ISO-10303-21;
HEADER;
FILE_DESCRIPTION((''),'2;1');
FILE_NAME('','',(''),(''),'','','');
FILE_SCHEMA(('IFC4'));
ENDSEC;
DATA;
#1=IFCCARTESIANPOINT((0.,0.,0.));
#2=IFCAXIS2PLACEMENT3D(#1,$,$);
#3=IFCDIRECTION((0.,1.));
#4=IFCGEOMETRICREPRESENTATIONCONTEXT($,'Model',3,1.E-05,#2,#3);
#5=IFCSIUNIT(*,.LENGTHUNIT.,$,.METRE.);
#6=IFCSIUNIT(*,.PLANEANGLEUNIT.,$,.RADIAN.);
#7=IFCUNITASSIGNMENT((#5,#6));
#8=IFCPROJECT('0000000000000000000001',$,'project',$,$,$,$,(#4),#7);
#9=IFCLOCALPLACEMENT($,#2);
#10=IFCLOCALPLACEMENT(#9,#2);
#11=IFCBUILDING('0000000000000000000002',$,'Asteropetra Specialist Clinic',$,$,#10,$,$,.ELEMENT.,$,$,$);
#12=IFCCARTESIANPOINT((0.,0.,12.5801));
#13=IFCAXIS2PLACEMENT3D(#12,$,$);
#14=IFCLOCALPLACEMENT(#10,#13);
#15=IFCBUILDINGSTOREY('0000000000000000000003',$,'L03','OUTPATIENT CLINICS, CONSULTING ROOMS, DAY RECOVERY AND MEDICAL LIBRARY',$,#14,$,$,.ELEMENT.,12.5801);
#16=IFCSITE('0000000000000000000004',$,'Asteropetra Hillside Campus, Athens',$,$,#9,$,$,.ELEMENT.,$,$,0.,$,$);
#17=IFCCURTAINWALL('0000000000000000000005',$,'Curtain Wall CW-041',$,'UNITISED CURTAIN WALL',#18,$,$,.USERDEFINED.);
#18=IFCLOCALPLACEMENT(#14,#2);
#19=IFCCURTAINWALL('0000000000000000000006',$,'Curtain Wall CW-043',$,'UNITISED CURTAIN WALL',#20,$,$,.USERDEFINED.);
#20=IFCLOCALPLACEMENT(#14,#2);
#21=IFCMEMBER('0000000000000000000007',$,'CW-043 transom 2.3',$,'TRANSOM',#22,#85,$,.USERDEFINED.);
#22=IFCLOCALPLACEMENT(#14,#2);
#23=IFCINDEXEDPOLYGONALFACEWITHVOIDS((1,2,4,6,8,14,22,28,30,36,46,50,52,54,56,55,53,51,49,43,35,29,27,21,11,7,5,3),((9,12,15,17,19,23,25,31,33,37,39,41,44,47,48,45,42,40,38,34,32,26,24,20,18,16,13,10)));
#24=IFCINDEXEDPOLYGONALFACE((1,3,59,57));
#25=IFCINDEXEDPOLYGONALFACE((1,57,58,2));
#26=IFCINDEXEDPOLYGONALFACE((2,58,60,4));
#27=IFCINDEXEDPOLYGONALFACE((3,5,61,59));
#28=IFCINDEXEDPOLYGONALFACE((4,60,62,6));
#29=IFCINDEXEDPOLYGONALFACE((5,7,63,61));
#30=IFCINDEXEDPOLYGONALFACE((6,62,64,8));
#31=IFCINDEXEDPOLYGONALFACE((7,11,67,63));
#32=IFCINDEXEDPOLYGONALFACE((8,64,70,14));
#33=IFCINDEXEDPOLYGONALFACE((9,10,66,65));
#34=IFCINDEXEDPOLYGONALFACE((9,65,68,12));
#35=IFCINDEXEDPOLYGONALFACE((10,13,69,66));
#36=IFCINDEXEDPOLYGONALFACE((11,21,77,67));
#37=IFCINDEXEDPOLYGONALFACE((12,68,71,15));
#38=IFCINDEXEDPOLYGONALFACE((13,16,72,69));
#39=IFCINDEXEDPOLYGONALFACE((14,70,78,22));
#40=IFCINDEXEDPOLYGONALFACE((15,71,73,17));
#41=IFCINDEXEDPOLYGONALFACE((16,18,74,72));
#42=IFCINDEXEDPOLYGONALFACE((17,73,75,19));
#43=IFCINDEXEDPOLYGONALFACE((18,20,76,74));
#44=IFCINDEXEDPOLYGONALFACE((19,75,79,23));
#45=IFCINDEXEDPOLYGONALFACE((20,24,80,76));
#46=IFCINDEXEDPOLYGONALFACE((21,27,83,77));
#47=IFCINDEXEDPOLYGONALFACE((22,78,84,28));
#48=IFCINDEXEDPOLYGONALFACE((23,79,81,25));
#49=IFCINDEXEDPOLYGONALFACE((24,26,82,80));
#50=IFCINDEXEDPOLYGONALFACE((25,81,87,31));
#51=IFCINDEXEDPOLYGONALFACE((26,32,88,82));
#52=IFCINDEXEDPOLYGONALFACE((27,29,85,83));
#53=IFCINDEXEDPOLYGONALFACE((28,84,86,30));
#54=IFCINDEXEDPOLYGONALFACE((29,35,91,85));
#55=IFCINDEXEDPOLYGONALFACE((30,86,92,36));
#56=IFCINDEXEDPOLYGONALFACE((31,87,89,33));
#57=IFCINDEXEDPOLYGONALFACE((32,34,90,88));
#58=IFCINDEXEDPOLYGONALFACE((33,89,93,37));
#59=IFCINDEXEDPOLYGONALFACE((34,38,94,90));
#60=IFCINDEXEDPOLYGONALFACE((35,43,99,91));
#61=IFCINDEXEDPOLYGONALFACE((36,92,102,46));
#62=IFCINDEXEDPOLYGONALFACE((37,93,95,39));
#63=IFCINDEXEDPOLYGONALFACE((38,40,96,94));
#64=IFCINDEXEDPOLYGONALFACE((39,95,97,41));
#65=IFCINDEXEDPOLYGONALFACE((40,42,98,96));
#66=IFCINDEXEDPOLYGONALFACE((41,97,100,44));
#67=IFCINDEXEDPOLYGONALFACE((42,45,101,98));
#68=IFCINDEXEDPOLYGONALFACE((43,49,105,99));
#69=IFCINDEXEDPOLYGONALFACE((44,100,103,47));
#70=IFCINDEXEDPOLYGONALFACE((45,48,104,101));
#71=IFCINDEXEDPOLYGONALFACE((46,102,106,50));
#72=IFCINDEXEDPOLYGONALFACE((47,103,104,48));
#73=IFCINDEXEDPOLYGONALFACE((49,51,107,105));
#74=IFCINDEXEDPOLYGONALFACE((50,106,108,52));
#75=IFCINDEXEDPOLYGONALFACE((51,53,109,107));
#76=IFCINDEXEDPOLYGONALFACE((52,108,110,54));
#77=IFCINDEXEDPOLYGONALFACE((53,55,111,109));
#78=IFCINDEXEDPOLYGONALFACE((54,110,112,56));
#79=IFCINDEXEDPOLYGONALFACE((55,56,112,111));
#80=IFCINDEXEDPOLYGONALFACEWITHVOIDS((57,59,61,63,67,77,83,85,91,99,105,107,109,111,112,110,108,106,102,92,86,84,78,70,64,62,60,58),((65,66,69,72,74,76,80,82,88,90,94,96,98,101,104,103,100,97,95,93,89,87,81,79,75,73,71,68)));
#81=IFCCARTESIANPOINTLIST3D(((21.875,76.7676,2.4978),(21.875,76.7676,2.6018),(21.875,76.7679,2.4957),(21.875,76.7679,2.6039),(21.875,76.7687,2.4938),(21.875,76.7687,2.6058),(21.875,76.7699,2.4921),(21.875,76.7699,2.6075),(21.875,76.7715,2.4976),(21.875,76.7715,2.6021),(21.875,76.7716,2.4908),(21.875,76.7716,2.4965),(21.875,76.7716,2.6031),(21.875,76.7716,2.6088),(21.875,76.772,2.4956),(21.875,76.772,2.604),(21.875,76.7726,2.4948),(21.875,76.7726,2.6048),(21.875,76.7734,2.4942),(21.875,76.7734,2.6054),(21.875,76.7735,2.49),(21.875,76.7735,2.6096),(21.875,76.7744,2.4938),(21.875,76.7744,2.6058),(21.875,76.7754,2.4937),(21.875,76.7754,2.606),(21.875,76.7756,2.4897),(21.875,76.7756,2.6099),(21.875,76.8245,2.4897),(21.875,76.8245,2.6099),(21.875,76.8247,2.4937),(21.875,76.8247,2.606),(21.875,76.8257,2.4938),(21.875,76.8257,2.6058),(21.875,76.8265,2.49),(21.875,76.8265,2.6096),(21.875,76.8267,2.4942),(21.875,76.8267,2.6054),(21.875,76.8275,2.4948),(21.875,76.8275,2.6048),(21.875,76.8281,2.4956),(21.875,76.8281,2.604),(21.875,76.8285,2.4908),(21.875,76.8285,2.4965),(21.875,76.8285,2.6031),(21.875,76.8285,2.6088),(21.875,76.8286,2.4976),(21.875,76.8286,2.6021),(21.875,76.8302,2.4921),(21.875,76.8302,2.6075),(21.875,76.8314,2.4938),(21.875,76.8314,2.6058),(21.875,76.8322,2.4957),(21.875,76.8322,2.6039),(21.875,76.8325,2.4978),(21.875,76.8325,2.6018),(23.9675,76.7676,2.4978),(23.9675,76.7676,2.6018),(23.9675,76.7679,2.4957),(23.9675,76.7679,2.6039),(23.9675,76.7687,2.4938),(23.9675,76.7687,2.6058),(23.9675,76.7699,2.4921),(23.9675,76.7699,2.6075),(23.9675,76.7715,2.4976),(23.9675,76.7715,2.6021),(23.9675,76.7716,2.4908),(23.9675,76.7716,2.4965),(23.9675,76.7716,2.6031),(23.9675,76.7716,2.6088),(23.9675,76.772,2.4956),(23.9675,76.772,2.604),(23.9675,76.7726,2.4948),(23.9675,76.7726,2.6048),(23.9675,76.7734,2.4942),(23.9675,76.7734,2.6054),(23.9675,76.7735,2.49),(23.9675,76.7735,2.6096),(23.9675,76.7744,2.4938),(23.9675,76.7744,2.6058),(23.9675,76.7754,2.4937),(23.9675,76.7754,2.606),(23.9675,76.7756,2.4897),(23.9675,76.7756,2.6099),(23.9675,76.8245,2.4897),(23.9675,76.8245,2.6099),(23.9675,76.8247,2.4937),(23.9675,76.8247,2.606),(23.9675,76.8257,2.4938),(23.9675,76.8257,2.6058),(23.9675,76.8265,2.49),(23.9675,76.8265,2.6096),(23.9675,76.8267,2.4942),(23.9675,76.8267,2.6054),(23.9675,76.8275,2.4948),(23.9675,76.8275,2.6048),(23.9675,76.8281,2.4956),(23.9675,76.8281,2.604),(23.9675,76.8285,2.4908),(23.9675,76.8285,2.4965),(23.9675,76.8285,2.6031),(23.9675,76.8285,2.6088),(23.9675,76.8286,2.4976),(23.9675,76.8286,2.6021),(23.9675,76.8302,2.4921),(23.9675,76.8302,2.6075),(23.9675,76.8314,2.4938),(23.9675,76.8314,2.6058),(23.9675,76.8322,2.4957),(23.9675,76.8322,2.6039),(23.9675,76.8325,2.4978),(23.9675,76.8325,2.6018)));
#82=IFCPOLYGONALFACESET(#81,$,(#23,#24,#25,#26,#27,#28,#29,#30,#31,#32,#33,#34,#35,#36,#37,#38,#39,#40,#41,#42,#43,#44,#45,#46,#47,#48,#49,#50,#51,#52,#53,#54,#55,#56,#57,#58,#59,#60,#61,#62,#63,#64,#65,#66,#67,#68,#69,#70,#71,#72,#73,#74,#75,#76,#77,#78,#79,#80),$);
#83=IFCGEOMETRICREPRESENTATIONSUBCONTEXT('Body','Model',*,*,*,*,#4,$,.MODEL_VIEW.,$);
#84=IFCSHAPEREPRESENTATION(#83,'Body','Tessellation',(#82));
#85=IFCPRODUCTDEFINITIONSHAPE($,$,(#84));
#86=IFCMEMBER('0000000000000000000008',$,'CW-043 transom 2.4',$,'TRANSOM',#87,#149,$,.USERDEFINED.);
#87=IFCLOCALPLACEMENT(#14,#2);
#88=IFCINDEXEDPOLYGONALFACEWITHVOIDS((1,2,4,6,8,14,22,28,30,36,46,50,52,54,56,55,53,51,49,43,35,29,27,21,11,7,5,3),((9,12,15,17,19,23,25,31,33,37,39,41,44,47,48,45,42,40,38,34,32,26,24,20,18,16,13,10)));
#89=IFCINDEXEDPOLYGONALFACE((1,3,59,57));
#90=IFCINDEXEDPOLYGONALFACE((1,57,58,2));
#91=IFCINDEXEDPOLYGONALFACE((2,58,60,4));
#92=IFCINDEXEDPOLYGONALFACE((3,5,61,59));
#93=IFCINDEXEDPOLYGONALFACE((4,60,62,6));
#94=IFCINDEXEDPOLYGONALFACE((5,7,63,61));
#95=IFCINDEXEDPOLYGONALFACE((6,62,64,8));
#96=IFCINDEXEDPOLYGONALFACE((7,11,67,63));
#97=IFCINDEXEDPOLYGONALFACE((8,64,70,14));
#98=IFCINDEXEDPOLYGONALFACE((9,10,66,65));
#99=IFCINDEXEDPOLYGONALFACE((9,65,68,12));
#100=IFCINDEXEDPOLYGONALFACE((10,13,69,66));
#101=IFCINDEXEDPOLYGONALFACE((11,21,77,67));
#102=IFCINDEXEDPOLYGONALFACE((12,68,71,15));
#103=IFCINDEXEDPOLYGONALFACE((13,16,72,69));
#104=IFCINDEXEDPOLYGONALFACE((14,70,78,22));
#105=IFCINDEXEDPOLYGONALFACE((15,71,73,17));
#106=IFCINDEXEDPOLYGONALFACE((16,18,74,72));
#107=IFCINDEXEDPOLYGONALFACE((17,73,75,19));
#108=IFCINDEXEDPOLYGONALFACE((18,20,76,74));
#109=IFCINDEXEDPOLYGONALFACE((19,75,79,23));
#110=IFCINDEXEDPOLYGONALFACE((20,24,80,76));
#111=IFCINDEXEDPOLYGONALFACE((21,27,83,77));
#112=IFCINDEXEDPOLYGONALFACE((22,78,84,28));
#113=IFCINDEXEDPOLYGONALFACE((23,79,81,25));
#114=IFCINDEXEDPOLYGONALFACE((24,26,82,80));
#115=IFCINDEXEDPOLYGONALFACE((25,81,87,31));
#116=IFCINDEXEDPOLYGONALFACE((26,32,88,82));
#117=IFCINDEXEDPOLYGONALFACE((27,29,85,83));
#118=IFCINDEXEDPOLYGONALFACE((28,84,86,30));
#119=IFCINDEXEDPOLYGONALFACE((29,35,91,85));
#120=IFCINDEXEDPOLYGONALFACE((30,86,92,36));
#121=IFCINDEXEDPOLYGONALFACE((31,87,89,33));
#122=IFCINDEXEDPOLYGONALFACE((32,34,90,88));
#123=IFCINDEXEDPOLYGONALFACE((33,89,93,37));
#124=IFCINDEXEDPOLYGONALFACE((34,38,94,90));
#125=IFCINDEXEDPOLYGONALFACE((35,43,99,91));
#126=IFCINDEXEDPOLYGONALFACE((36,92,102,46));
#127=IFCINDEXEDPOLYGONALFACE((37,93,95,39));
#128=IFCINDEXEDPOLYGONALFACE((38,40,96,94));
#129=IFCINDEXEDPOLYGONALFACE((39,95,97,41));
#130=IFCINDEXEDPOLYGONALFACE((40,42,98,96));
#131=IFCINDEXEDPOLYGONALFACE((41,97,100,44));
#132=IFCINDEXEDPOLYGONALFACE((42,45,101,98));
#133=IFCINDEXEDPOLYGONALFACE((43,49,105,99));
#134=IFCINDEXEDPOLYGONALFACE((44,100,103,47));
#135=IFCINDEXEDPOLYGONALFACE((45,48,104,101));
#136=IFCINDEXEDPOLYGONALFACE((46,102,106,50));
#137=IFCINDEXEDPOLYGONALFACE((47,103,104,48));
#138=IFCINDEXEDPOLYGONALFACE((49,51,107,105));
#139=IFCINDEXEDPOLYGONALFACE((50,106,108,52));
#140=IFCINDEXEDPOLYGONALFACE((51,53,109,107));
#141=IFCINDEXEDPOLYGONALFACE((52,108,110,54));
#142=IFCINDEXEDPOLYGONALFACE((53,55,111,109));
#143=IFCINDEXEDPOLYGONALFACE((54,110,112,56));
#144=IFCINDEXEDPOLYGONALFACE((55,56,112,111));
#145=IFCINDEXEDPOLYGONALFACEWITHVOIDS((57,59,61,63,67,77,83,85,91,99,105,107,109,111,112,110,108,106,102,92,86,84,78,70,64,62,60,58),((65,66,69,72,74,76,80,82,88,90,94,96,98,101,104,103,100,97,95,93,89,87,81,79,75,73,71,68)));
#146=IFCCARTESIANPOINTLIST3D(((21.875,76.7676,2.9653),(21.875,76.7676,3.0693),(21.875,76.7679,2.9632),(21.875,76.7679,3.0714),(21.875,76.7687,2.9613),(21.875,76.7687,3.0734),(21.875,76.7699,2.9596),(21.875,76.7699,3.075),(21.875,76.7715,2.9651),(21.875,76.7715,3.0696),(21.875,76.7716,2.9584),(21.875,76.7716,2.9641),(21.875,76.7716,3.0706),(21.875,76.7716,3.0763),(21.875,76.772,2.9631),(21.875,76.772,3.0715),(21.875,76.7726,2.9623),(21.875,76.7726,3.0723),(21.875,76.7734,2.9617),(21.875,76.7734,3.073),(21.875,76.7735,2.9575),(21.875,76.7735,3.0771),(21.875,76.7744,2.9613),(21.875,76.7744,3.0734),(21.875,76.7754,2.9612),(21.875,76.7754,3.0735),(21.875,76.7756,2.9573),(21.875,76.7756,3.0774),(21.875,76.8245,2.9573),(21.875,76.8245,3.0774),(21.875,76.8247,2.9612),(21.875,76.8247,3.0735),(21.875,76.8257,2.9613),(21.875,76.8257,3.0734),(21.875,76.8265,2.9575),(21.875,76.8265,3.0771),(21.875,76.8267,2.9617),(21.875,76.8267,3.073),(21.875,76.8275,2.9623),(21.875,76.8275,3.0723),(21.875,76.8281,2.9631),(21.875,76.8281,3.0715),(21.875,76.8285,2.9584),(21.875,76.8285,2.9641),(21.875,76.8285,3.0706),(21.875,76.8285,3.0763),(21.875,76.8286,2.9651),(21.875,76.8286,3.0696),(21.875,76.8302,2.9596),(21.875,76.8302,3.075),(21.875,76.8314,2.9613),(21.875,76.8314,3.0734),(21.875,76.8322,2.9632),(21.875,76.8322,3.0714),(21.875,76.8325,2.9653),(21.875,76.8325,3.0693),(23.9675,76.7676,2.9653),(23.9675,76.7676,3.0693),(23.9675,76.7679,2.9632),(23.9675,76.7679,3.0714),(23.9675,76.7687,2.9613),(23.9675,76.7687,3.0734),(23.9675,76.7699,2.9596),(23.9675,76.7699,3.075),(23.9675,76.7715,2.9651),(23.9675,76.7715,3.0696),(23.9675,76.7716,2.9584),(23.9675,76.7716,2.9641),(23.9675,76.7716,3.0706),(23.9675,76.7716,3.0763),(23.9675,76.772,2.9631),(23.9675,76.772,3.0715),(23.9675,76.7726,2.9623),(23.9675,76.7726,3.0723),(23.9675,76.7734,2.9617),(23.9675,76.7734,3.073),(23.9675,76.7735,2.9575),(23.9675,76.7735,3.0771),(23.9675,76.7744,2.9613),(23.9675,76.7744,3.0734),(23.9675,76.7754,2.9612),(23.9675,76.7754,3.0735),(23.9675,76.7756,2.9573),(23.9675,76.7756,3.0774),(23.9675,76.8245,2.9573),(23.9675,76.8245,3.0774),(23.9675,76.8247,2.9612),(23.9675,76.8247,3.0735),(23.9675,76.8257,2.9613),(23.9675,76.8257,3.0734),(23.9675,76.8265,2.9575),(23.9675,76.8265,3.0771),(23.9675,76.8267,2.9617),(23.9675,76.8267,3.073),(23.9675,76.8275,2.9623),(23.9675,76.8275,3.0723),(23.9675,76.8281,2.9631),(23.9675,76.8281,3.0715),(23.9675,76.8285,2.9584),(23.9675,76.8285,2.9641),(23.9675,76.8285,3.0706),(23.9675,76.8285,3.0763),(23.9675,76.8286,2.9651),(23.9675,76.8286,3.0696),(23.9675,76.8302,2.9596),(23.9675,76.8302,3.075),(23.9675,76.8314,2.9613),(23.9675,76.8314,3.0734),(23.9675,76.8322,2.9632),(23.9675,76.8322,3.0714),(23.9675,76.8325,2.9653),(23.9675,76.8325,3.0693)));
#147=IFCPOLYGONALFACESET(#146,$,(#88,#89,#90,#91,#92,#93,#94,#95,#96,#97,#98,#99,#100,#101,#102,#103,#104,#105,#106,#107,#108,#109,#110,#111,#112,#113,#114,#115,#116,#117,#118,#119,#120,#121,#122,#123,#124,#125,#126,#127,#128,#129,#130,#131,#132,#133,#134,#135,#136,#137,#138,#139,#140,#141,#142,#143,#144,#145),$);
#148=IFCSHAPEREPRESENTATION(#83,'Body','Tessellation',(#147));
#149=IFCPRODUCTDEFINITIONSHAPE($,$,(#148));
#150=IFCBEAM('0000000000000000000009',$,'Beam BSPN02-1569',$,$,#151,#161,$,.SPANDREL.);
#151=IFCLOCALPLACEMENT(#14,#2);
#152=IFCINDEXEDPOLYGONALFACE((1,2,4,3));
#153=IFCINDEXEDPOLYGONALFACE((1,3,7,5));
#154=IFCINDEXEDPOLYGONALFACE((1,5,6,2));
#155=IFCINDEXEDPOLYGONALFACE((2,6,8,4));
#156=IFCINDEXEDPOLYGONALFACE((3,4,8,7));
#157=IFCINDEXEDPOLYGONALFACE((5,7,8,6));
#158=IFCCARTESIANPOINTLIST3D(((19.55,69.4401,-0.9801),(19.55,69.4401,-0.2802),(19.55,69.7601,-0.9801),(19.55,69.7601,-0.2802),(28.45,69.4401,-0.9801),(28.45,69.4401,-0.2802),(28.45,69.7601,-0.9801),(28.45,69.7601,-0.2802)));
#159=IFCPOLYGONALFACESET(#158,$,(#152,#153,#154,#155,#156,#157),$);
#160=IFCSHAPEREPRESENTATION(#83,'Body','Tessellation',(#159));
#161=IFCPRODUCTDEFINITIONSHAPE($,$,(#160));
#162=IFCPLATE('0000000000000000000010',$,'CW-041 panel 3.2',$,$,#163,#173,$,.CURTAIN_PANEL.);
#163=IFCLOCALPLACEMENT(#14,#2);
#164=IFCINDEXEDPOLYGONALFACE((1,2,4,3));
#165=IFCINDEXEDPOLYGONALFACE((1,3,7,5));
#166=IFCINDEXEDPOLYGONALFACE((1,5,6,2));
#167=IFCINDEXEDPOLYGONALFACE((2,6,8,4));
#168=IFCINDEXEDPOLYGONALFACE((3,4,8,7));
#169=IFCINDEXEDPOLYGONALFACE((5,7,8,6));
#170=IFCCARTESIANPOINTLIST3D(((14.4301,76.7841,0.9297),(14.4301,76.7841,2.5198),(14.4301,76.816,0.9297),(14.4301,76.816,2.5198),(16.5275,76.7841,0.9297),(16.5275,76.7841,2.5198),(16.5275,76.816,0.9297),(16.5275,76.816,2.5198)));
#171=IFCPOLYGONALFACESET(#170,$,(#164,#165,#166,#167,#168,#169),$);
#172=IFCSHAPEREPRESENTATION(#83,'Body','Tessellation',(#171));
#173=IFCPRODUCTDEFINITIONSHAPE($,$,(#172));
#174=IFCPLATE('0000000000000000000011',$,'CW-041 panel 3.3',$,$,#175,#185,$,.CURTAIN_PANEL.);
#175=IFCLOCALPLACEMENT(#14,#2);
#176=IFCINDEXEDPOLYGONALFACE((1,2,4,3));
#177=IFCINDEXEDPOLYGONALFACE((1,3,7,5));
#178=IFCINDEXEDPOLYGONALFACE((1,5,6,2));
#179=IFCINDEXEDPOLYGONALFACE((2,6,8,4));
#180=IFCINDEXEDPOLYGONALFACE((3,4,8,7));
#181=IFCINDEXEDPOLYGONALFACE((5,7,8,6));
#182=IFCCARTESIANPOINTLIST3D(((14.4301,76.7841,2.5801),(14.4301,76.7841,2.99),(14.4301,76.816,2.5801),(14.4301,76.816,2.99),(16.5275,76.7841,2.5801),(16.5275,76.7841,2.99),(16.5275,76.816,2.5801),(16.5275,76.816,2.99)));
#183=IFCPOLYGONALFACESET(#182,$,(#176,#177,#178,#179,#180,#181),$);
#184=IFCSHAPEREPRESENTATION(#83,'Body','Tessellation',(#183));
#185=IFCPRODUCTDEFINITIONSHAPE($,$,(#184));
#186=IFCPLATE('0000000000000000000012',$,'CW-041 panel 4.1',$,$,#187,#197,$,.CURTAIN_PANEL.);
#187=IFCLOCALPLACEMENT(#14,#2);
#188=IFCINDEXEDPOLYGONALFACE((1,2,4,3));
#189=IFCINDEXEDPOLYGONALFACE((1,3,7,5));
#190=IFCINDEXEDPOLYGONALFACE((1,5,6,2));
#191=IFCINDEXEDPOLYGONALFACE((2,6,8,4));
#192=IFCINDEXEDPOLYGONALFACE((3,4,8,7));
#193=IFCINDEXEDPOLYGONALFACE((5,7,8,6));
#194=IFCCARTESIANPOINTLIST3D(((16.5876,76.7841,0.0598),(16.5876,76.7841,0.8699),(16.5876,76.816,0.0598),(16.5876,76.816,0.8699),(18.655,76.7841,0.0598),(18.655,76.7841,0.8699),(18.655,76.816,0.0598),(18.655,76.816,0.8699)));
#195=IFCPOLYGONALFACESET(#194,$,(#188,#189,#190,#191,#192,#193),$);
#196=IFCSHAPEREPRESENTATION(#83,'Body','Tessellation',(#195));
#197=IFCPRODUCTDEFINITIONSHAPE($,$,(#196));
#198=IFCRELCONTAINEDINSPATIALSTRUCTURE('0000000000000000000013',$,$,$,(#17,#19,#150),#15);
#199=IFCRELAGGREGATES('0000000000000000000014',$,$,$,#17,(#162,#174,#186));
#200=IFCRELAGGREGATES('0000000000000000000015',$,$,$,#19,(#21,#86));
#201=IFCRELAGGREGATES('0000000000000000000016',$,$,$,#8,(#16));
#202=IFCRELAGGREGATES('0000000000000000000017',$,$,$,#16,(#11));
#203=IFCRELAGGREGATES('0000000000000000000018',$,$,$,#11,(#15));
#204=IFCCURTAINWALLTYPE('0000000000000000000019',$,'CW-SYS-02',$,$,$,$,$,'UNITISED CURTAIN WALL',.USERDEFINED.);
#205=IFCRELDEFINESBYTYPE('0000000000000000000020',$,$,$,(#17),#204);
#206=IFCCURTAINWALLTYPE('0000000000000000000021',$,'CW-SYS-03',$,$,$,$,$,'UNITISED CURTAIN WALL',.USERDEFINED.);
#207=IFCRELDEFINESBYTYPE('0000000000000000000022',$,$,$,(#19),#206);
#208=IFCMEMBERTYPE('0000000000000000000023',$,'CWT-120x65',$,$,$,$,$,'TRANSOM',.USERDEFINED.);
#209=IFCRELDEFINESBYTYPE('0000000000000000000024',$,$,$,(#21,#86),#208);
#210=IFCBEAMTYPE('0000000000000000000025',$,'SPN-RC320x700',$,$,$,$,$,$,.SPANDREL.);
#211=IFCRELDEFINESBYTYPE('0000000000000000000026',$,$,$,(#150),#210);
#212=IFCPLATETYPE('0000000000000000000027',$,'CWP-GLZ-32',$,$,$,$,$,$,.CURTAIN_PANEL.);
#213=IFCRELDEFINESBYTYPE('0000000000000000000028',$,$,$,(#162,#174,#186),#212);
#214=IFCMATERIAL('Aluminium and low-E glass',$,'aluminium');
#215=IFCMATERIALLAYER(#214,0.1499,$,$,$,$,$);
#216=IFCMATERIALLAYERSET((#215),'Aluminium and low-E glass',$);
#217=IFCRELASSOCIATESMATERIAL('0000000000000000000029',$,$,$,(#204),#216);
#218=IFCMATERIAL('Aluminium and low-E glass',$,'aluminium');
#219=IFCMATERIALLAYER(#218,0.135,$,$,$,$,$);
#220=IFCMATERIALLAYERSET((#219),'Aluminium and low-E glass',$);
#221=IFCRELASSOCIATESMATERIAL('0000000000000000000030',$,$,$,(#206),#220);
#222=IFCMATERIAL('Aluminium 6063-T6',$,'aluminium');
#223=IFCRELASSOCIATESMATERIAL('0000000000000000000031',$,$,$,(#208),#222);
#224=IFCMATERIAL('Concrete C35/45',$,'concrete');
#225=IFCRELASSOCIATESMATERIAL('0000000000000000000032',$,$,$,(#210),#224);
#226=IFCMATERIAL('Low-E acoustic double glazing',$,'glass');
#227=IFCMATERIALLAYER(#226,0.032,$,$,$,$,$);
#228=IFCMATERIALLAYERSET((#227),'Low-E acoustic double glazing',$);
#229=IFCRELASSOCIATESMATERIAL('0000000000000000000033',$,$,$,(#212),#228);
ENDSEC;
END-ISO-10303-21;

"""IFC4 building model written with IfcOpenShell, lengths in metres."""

from ifc_helpers import new_model, si_unit, direction, frame, origin, origin_2d, place, context, subcontext, project, spatial, rectangle, hollow_rectangle, extrude, material, layer, layer_set, material_profile, profile_set, type_object, element, aggregate, save


model = new_model("IFC4")

# Units and contexts
model_context = context("Model", 3, precision=1e-05, world=origin(), true_north=direction((0.0, 1.0)))
body_context = subcontext(model_context, "Body", "Model", "MODEL_VIEW")
ifc_project = project(units=[si_unit("LENGTHUNIT", "METRE"), si_unit("PLANEANGLEUNIT", "RADIAN")], contexts=[model_context])

# Site, building, storey
site_placement = place(None, origin())
site = spatial("IfcSite", under=ifc_project, at=site_placement, Name="Asteropetra Hillside Campus, Athens", CompositionType="ELEMENT", RefElevation=0.0)
building_placement = place(site_placement, origin())
building = spatial("IfcBuilding", under=site, at=building_placement, Name="Asteropetra Specialist Clinic", CompositionType="ELEMENT")
storey_placement = place(building_placement, frame((0.0, 0.0, 12.5801)))
storey = spatial("IfcBuildingStorey", under=building, at=storey_placement, Name="L03", Description="OUTPATIENT CLINICS, CONSULTING ROOMS, DAY RECOVERY AND MEDICAL LIBRARY", CompositionType="ELEMENT", Elevation=12.5801)

# Curtain walls
ifc_material_1 = material(Name="Aluminium and low-E glass", Category="aluminium")
ifc_layer_1 = layer(ifc_material_1, 0.1499)
ifc_layer_set_1 = layer_set([ifc_layer_1], Name="Aluminium and low-E glass")
curtain_wall_type_1 = type_object("IfcCurtainWallType", Name="CW-SYS-02", ElementType="UNITISED CURTAIN WALL", PredefinedType="USERDEFINED", material=ifc_layer_set_1)
curtain_wall_1_placement = place(storey_placement, origin())
curtain_wall_1 = element("IfcCurtainWall", 1, at=curtain_wall_1_placement, inside=storey, type_object=curtain_wall_type_1, Name="Curtain Wall CW-041", ObjectType="UNITISED CURTAIN WALL", PredefinedType="USERDEFINED")
ifc_material_2 = material(Name="Aluminium and low-E glass", Category="aluminium")
ifc_layer_2 = layer(ifc_material_2, 0.135)
ifc_layer_set_2 = layer_set([ifc_layer_2], Name="Aluminium and low-E glass")
curtain_wall_type_2 = type_object("IfcCurtainWallType", Name="CW-SYS-03", ElementType="UNITISED CURTAIN WALL", PredefinedType="USERDEFINED", material=ifc_layer_set_2)
curtain_wall_2_placement = place(storey_placement, origin())
curtain_wall_2 = element("IfcCurtainWall", 2, at=curtain_wall_2_placement, inside=storey, type_object=curtain_wall_type_2, Name="Curtain Wall CW-043", ObjectType="UNITISED CURTAIN WALL", PredefinedType="USERDEFINED")

# Members
ifc_material_3 = material(Name="Aluminium 6063-T6", Category="aluminium")
ifc_material_profile_1 = material_profile(ifc_material_3, hollow_rectangle(XDim=0.0649, YDim=0.1201, WallThickness=0.0039, InnerFilletRadius=0.0039, OuterFilletRadius=0.0081, at=origin_2d()), Name="TRN 120x65x4.0")
ifc_profile_set_1 = profile_set([ifc_material_profile_1], Name="Aluminium 6063-T6")
member_type_1 = type_object("IfcMemberType", Name="CWT-120x65", ElementType="TRANSOM", PredefinedType="USERDEFINED", material=ifc_profile_set_1)
member_1_placement = place(storey_placement, frame((21.875, 76.8, 2.5498), z_axis=(1.0, 0.0, 0.0), x_axis=(0.0, 1.0, 0.0)))
member_1 = element("IfcMember", 3, at=member_1_placement, type_object=member_type_1, Name="CW-043 transom 2.3", ObjectType="TRANSOM", PredefinedType="USERDEFINED", context=body_context, shape_type="SweptSolid", body=[
    extrude(hollow_rectangle(XDim=0.0649, YDim=0.1201, WallThickness=0.0039, InnerFilletRadius=0.0039, OuterFilletRadius=0.0081, at=origin_2d()), origin(), (0.0, 0.0, 1.0), 2.0925),
])
member_2_placement = place(storey_placement, frame((21.875, 76.8, 3.0173), z_axis=(1.0, 0.0, 0.0), x_axis=(0.0, 1.0, 0.0)))
member_2 = element("IfcMember", 4, at=member_2_placement, type_object=member_type_1, Name="CW-043 transom 2.4", ObjectType="TRANSOM", PredefinedType="USERDEFINED", context=body_context, shape_type="SweptSolid", body=[
    extrude(hollow_rectangle(XDim=0.0649, YDim=0.1201, WallThickness=0.0039, InnerFilletRadius=0.0039, OuterFilletRadius=0.0081, at=origin_2d()), origin(), (0.0, 0.0, 1.0), 2.0925),
])

# Beam
ifc_material_4 = material(Name="Concrete C35/45", Category="concrete")
ifc_material_profile_2 = material_profile(ifc_material_4, rectangle(XDim=0.3201, YDim=0.7, at=origin_2d()), Name="RCS 320x700")
ifc_profile_set_2 = profile_set([ifc_material_profile_2], Name="Concrete C35/45")
beam_type_1 = type_object("IfcBeamType", Name="SPN-RC320x700", PredefinedType="SPANDREL", material=ifc_profile_set_2)
beam_1_placement = place(storey_placement, frame((19.55, 69.6001, -0.6301), z_axis=(1.0, 0.0, 0.0), x_axis=(0.0, 1.0, 0.0)))
element("IfcBeam", 5, at=beam_1_placement, inside=storey, type_object=beam_type_1, Name="Beam BSPN02-1569", PredefinedType="SPANDREL", context=body_context, shape_type="SweptSolid", body=[
    extrude(rectangle(XDim=0.3201, YDim=0.7, at=origin_2d()), origin(), (0.0, 0.0, 1.0), 8.8999),
])

# Plates
ifc_material_5 = material(Name="Low-E acoustic double glazing", Category="glass")
ifc_layer_3 = layer(ifc_material_5, 0.032)
ifc_layer_set_3 = layer_set([ifc_layer_3], Name="Low-E acoustic double glazing")
plate_type_1 = type_object("IfcPlateType", Name="CWP-GLZ-32", PredefinedType="CURTAIN_PANEL", material=ifc_layer_set_3)
plate_1_placement = place(storey_placement, frame((15.4788, 76.8, 0.9297), z_axis=(0.0, 0.0, 1.0), x_axis=(1.0, 0.0, 0.0)))
plate_1 = element("IfcPlate", 6, at=plate_1_placement, type_object=plate_type_1, Name="CW-041 panel 3.2", PredefinedType="CURTAIN_PANEL", context=body_context, shape_type="SweptSolid", body=[
    extrude(rectangle(XDim=2.0974, YDim=0.032, at=origin_2d()), origin(), (0.0, 0.0, 1.0), 1.5901),
])
plate_2_placement = place(storey_placement, frame((15.4788, 76.8, 2.5801), z_axis=(0.0, 0.0, 1.0), x_axis=(1.0, 0.0, 0.0)))
plate_2 = element("IfcPlate", 7, at=plate_2_placement, type_object=plate_type_1, Name="CW-041 panel 3.3", PredefinedType="CURTAIN_PANEL", context=body_context, shape_type="SweptSolid", body=[
    extrude(rectangle(XDim=2.0974, YDim=0.032, at=origin_2d()), origin(), (0.0, 0.0, 1.0), 0.4099),
])
plate_3_placement = place(storey_placement, frame((17.6213, 76.8, 0.0598), z_axis=(0.0, 0.0, 1.0), x_axis=(1.0, 0.0, 0.0)))
plate_3 = element("IfcPlate", 8, at=plate_3_placement, type_object=plate_type_1, Name="CW-041 panel 4.1", PredefinedType="CURTAIN_PANEL", context=body_context, shape_type="SweptSolid", body=[
    extrude(rectangle(XDim=2.0674, YDim=0.032, at=origin_2d()), origin(), (0.0, 0.0, 1.0), 0.8101),
])
aggregate(curtain_wall_1, [plate_1, plate_2, plate_3])
aggregate(curtain_wall_2, [member_1, member_2])

save(model, "model.ifc")
